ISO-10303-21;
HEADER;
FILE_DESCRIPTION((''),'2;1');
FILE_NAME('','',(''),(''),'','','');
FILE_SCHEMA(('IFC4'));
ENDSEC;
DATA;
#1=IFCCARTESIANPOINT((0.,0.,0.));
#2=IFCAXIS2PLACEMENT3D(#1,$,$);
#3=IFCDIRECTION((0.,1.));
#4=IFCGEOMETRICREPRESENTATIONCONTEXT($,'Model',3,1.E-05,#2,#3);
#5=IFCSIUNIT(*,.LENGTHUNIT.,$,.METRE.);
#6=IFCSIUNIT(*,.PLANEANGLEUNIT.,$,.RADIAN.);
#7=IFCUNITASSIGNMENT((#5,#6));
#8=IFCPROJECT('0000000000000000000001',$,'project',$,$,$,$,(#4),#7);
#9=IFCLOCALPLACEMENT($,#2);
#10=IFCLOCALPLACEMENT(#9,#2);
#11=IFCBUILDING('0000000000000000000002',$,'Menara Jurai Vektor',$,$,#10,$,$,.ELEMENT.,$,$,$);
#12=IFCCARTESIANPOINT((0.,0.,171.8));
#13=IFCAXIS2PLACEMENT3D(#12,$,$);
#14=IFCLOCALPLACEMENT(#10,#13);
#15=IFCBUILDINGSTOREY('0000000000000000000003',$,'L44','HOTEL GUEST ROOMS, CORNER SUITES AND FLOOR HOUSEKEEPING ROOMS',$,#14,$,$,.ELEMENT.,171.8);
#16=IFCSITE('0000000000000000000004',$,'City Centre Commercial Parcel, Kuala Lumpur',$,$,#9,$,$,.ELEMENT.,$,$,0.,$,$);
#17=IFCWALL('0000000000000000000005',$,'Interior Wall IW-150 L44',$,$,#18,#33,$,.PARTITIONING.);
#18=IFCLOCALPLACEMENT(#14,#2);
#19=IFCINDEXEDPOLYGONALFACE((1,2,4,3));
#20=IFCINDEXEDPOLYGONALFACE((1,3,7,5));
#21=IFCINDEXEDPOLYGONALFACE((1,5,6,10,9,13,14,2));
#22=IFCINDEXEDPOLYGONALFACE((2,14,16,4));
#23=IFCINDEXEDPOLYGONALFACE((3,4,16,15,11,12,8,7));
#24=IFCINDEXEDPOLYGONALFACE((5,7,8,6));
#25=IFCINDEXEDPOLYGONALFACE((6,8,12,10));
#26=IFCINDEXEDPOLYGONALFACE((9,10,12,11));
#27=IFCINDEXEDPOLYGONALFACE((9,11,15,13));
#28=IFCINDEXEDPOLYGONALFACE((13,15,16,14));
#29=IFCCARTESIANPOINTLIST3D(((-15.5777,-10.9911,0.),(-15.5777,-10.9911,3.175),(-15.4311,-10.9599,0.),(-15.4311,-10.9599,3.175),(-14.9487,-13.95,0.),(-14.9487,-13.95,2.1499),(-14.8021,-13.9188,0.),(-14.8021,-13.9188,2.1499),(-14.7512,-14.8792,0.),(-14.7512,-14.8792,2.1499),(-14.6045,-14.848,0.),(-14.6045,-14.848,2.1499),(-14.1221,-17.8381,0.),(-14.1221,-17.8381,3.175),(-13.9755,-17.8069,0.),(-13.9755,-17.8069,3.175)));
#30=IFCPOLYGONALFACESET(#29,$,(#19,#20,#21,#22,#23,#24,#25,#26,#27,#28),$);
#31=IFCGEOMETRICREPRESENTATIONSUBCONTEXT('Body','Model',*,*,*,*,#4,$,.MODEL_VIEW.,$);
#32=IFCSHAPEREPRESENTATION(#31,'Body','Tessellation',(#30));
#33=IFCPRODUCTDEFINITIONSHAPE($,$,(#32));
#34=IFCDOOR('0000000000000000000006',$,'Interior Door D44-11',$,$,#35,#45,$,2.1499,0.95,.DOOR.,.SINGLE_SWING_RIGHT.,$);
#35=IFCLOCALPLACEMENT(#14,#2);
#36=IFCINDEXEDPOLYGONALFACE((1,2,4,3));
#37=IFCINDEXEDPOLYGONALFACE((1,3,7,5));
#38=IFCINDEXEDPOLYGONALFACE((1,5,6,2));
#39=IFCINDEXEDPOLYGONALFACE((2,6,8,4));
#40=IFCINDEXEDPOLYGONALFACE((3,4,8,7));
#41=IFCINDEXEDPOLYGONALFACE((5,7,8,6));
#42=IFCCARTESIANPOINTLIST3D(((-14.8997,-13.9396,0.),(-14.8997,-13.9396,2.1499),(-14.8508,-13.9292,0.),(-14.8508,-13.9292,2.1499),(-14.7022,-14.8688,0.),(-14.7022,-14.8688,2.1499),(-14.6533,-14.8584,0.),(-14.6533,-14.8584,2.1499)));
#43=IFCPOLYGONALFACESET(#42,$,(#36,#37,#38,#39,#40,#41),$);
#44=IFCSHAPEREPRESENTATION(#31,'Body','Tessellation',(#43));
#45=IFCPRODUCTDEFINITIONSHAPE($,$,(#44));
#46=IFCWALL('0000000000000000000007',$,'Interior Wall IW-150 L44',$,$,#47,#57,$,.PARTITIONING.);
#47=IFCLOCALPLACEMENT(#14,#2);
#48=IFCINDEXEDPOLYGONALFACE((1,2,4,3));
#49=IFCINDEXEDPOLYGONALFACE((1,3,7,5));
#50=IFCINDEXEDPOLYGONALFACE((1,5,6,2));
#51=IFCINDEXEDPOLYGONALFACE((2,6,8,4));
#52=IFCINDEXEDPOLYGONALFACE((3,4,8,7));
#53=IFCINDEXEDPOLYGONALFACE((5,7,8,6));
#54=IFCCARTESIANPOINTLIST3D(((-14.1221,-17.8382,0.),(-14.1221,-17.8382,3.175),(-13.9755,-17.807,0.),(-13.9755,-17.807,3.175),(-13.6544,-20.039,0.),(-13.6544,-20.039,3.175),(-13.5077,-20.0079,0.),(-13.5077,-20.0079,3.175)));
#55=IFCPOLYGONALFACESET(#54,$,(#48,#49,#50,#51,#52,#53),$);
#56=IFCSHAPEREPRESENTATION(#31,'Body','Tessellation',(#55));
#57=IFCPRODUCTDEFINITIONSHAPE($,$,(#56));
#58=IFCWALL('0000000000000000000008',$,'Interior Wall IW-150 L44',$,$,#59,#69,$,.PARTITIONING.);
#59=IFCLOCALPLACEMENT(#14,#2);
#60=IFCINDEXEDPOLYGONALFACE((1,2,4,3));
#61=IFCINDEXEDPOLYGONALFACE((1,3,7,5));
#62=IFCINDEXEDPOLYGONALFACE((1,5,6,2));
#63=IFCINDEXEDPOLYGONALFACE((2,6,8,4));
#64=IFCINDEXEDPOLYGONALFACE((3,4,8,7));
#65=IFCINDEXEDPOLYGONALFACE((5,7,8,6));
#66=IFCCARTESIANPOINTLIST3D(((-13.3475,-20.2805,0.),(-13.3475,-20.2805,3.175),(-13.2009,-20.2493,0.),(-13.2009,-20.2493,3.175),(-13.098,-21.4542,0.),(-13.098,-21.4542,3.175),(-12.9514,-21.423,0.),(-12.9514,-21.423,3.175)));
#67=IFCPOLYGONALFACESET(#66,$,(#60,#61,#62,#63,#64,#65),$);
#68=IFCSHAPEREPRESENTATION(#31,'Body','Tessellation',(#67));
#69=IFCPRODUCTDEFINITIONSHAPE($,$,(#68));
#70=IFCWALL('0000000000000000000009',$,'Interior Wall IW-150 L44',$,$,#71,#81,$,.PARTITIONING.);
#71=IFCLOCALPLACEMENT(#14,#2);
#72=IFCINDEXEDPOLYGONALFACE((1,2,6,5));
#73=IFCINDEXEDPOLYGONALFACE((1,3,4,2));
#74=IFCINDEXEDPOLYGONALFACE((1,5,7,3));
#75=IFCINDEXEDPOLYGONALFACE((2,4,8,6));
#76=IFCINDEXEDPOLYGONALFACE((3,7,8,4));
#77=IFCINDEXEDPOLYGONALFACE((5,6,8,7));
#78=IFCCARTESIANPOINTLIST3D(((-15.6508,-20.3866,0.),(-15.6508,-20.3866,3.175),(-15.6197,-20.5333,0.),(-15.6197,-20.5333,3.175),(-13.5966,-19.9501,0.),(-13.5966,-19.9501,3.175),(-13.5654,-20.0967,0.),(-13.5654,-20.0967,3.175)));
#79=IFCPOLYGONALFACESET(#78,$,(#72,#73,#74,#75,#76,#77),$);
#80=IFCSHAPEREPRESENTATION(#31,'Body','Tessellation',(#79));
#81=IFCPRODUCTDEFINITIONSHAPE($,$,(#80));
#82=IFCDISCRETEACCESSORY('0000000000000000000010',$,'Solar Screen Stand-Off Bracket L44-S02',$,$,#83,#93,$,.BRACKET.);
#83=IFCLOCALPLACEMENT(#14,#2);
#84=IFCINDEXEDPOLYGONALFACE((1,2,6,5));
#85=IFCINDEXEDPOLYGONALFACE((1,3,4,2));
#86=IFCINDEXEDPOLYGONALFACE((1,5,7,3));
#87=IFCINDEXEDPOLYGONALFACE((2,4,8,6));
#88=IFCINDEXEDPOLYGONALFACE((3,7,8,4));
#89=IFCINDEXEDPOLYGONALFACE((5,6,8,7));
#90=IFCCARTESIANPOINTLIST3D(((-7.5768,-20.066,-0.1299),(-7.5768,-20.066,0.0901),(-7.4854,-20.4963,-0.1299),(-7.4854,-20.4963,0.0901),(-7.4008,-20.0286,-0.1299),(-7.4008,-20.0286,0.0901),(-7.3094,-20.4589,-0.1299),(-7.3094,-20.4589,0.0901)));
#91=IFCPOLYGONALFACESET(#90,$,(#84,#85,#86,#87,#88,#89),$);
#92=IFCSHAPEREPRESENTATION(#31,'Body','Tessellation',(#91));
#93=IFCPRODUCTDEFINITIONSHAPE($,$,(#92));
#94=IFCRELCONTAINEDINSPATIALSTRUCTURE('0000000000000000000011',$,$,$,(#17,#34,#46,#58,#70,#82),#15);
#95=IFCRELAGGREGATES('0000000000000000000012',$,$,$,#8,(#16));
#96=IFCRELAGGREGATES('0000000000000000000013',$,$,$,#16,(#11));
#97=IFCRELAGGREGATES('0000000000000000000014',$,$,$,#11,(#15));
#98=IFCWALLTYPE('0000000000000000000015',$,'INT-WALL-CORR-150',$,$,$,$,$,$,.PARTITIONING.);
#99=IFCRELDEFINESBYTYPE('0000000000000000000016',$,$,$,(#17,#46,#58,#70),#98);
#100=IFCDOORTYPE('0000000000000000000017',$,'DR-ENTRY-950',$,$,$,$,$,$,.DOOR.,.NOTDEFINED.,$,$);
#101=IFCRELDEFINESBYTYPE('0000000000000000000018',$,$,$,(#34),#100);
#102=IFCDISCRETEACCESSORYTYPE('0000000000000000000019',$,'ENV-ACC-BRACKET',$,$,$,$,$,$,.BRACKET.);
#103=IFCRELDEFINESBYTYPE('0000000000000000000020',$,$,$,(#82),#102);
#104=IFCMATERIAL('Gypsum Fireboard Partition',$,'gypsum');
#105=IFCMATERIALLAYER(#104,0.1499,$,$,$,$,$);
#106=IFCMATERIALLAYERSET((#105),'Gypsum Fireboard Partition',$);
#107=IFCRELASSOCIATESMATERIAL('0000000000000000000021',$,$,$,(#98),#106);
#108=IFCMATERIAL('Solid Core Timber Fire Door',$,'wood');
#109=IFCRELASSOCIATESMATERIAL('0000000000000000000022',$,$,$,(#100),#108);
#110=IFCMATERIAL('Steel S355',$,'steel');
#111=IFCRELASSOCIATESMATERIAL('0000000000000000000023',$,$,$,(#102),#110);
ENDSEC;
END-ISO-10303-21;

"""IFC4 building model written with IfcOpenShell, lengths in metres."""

from ifc_helpers import new_model, si_unit, direction, frame, frame_2d, origin, origin_2d, place, context, subcontext, project, spatial, rectangle, extrude, material, layer, layer_set, type_object, element, fill, save


model = new_model("IFC4")

# Units and contexts
model_context = context("Model", 3, precision=1e-05, world=origin(), true_north=direction((0.0, 1.0)))
body_context = subcontext(model_context, "Body", "Model", "MODEL_VIEW")
ifc_project = project(units=[si_unit("LENGTHUNIT", "METRE"), si_unit("PLANEANGLEUNIT", "RADIAN")], contexts=[model_context])

# Site, building, storey
site_placement = place(None, origin())
site = spatial("IfcSite", under=ifc_project, at=site_placement, Name="City Centre Commercial Parcel, Kuala Lumpur", CompositionType="ELEMENT", RefElevation=0.0)
building_placement = place(site_placement, origin())
building = spatial("IfcBuilding", under=site, at=building_placement, Name="Menara Jurai Vektor", CompositionType="ELEMENT")
storey_placement = place(building_placement, frame((0.0, 0.0, 171.8)))
storey = spatial("IfcBuildingStorey", under=building, at=storey_placement, Name="L44", Description="HOTEL GUEST ROOMS, CORNER SUITES AND FLOOR HOUSEKEEPING ROOMS", CompositionType="ELEMENT", Elevation=171.8)

# Shared definitions
ifc_material_1 = material(Name="Steel S355", Category="steel")

# Shared definitions
ifc_material_2 = material(Name="Gypsum Fireboard Partition", Category="gypsum")
ifc_layer_1 = layer(ifc_material_2, 0.1499)
ifc_layer_set_1 = layer_set([ifc_layer_1], Name="Gypsum Fireboard Partition")
wall_type = type_object("IfcWallType", Name="INT-WALL-CORR-150", PredefinedType="PARTITIONING", material=ifc_layer_set_1)

# Shared definitions
ifc_material_3 = material(Name="Solid Core Timber Fire Door", Category="wood")
door_type_1 = type_object("IfcDoorType", Name="DR-ENTRY-950", OperationType="NOTDEFINED", PredefinedType="DOOR", material=ifc_material_3)

# Wall, opening, door
wall_1_placement = place(storey_placement, frame((-14.0488, -17.8225, 0.0), z_axis=(0.0, 0.0, 1.0), x_axis=(-0.20794, 0.978142, 0.0)))
wall_1 = element("IfcWall", 1, at=wall_1_placement, inside=storey, type_object=wall_type, Name="Interior Wall IW-150 L44", PredefinedType="PARTITIONING", context=body_context, shape_type="SweptSolid", body=[
    extrude(rectangle(XDim=7.0, YDim=0.1499, at=frame_2d((3.5, 0.0))), origin(), (0.0, 0.0, 1.0), 3.175),
])
opening_1_placement = place(wall_1_placement, frame((3.0249, 0.0, 0.0)))
opening_1 = element("IfcOpeningElement", 2, at=opening_1_placement, cuts=wall_1, PredefinedType="OPENING", context=body_context, shape_type="SweptSolid", body=[
    extrude(rectangle(XDim=0.95, YDim=2.1499, at=frame_2d((0.4751, 1.075))), frame((0.0, 0.085, 0.0), z_axis=(0.0, -1.0, 0.0), x_axis=(1.0, 0.0, 0.0)), (0.0, 0.0, 1.0), 0.1699),
])
door_1_placement = place(opening_1_placement, origin())
door_1 = element("IfcDoor", 3, at=door_1_placement, inside=storey, type_object=door_type_1, Name="Interior Door D44-11", OperationType="SINGLE_SWING_RIGHT", OverallHeight=2.1499, OverallWidth=0.95, PredefinedType="DOOR", context=body_context, shape_type="SweptSolid", body=[
    extrude(rectangle(XDim=0.95, YDim=2.1499, at=frame_2d((0.4751, 1.075))), frame((0.0, 0.0249, 0.0), z_axis=(0.0, -1.0, 0.0), x_axis=(1.0, 0.0, 0.0)), (0.0, 0.0, 1.0), 0.05),
])
fill(opening_1, door_1)

# Walls
wall_2_placement = place(storey_placement, frame((-13.5811, -20.0234, 0.0), z_axis=(0.0, 0.0, 1.0), x_axis=(-0.207891, 0.978152, 0.0)))
element("IfcWall", 4, at=wall_2_placement, inside=storey, type_object=wall_type, Name="Interior Wall IW-150 L44", PredefinedType="PARTITIONING", context=body_context, shape_type="SweptSolid", body=[
    extrude(rectangle(XDim=2.25, YDim=0.1499, at=frame_2d((1.125, 0.0))), origin(), (0.0, 0.0, 1.0), 3.175),
])
wall_3_placement = place(storey_placement, frame((-13.0247, -21.4387, 0.0), z_axis=(0.0, 0.0, 1.0), x_axis=(-0.207917, 0.978146, 0.0)))
element("IfcWall", 5, at=wall_3_placement, inside=storey, type_object=wall_type, Name="Interior Wall IW-150 L44", PredefinedType="PARTITIONING", context=body_context, shape_type="SweptSolid", body=[
    extrude(rectangle(XDim=1.2, YDim=0.1499, at=frame_2d((0.6001, 0.0))), origin(), (0.0, 0.0, 1.0), 3.175),
])

# Wall
wall_4_placement = place(storey_placement, frame((-15.6353, -20.46, 0.0), z_axis=(0.0, 0.0, 1.0), x_axis=(0.978158, 0.207862, 0.0)))
element("IfcWall", 6, at=wall_4_placement, inside=storey, type_object=wall_type, Name="Interior Wall IW-150 L44", PredefinedType="PARTITIONING", context=body_context, shape_type="SweptSolid", body=[
    extrude(rectangle(XDim=2.1001, YDim=0.1499, at=frame_2d((1.05, 0.0))), origin(), (0.0, 0.0, 1.0), 3.175),
])

# Discrete accessory
discrete_accessory_type = type_object("IfcDiscreteAccessoryType", Name="ENV-ACC-BRACKET", PredefinedType="BRACKET", material=ifc_material_1)
discrete_accessory_placement = place(storey_placement, frame((-7.4431, -20.2625, -0.1299), z_axis=(0.0, 0.0, 1.0), x_axis=(0.978148, 0.207912, 0.0)))
element("IfcDiscreteAccessory", 7, at=discrete_accessory_placement, inside=storey, type_object=discrete_accessory_type, Name="Solar Screen Stand-Off Bracket L44-S02", PredefinedType="BRACKET", context=body_context, shape_type="SweptSolid", body=[
    extrude(rectangle(XDim=0.1799, YDim=0.4399, at=origin_2d()), origin(), (0.0, 0.0, 1.0), 0.22),
])

save(model, "model.ifc")
